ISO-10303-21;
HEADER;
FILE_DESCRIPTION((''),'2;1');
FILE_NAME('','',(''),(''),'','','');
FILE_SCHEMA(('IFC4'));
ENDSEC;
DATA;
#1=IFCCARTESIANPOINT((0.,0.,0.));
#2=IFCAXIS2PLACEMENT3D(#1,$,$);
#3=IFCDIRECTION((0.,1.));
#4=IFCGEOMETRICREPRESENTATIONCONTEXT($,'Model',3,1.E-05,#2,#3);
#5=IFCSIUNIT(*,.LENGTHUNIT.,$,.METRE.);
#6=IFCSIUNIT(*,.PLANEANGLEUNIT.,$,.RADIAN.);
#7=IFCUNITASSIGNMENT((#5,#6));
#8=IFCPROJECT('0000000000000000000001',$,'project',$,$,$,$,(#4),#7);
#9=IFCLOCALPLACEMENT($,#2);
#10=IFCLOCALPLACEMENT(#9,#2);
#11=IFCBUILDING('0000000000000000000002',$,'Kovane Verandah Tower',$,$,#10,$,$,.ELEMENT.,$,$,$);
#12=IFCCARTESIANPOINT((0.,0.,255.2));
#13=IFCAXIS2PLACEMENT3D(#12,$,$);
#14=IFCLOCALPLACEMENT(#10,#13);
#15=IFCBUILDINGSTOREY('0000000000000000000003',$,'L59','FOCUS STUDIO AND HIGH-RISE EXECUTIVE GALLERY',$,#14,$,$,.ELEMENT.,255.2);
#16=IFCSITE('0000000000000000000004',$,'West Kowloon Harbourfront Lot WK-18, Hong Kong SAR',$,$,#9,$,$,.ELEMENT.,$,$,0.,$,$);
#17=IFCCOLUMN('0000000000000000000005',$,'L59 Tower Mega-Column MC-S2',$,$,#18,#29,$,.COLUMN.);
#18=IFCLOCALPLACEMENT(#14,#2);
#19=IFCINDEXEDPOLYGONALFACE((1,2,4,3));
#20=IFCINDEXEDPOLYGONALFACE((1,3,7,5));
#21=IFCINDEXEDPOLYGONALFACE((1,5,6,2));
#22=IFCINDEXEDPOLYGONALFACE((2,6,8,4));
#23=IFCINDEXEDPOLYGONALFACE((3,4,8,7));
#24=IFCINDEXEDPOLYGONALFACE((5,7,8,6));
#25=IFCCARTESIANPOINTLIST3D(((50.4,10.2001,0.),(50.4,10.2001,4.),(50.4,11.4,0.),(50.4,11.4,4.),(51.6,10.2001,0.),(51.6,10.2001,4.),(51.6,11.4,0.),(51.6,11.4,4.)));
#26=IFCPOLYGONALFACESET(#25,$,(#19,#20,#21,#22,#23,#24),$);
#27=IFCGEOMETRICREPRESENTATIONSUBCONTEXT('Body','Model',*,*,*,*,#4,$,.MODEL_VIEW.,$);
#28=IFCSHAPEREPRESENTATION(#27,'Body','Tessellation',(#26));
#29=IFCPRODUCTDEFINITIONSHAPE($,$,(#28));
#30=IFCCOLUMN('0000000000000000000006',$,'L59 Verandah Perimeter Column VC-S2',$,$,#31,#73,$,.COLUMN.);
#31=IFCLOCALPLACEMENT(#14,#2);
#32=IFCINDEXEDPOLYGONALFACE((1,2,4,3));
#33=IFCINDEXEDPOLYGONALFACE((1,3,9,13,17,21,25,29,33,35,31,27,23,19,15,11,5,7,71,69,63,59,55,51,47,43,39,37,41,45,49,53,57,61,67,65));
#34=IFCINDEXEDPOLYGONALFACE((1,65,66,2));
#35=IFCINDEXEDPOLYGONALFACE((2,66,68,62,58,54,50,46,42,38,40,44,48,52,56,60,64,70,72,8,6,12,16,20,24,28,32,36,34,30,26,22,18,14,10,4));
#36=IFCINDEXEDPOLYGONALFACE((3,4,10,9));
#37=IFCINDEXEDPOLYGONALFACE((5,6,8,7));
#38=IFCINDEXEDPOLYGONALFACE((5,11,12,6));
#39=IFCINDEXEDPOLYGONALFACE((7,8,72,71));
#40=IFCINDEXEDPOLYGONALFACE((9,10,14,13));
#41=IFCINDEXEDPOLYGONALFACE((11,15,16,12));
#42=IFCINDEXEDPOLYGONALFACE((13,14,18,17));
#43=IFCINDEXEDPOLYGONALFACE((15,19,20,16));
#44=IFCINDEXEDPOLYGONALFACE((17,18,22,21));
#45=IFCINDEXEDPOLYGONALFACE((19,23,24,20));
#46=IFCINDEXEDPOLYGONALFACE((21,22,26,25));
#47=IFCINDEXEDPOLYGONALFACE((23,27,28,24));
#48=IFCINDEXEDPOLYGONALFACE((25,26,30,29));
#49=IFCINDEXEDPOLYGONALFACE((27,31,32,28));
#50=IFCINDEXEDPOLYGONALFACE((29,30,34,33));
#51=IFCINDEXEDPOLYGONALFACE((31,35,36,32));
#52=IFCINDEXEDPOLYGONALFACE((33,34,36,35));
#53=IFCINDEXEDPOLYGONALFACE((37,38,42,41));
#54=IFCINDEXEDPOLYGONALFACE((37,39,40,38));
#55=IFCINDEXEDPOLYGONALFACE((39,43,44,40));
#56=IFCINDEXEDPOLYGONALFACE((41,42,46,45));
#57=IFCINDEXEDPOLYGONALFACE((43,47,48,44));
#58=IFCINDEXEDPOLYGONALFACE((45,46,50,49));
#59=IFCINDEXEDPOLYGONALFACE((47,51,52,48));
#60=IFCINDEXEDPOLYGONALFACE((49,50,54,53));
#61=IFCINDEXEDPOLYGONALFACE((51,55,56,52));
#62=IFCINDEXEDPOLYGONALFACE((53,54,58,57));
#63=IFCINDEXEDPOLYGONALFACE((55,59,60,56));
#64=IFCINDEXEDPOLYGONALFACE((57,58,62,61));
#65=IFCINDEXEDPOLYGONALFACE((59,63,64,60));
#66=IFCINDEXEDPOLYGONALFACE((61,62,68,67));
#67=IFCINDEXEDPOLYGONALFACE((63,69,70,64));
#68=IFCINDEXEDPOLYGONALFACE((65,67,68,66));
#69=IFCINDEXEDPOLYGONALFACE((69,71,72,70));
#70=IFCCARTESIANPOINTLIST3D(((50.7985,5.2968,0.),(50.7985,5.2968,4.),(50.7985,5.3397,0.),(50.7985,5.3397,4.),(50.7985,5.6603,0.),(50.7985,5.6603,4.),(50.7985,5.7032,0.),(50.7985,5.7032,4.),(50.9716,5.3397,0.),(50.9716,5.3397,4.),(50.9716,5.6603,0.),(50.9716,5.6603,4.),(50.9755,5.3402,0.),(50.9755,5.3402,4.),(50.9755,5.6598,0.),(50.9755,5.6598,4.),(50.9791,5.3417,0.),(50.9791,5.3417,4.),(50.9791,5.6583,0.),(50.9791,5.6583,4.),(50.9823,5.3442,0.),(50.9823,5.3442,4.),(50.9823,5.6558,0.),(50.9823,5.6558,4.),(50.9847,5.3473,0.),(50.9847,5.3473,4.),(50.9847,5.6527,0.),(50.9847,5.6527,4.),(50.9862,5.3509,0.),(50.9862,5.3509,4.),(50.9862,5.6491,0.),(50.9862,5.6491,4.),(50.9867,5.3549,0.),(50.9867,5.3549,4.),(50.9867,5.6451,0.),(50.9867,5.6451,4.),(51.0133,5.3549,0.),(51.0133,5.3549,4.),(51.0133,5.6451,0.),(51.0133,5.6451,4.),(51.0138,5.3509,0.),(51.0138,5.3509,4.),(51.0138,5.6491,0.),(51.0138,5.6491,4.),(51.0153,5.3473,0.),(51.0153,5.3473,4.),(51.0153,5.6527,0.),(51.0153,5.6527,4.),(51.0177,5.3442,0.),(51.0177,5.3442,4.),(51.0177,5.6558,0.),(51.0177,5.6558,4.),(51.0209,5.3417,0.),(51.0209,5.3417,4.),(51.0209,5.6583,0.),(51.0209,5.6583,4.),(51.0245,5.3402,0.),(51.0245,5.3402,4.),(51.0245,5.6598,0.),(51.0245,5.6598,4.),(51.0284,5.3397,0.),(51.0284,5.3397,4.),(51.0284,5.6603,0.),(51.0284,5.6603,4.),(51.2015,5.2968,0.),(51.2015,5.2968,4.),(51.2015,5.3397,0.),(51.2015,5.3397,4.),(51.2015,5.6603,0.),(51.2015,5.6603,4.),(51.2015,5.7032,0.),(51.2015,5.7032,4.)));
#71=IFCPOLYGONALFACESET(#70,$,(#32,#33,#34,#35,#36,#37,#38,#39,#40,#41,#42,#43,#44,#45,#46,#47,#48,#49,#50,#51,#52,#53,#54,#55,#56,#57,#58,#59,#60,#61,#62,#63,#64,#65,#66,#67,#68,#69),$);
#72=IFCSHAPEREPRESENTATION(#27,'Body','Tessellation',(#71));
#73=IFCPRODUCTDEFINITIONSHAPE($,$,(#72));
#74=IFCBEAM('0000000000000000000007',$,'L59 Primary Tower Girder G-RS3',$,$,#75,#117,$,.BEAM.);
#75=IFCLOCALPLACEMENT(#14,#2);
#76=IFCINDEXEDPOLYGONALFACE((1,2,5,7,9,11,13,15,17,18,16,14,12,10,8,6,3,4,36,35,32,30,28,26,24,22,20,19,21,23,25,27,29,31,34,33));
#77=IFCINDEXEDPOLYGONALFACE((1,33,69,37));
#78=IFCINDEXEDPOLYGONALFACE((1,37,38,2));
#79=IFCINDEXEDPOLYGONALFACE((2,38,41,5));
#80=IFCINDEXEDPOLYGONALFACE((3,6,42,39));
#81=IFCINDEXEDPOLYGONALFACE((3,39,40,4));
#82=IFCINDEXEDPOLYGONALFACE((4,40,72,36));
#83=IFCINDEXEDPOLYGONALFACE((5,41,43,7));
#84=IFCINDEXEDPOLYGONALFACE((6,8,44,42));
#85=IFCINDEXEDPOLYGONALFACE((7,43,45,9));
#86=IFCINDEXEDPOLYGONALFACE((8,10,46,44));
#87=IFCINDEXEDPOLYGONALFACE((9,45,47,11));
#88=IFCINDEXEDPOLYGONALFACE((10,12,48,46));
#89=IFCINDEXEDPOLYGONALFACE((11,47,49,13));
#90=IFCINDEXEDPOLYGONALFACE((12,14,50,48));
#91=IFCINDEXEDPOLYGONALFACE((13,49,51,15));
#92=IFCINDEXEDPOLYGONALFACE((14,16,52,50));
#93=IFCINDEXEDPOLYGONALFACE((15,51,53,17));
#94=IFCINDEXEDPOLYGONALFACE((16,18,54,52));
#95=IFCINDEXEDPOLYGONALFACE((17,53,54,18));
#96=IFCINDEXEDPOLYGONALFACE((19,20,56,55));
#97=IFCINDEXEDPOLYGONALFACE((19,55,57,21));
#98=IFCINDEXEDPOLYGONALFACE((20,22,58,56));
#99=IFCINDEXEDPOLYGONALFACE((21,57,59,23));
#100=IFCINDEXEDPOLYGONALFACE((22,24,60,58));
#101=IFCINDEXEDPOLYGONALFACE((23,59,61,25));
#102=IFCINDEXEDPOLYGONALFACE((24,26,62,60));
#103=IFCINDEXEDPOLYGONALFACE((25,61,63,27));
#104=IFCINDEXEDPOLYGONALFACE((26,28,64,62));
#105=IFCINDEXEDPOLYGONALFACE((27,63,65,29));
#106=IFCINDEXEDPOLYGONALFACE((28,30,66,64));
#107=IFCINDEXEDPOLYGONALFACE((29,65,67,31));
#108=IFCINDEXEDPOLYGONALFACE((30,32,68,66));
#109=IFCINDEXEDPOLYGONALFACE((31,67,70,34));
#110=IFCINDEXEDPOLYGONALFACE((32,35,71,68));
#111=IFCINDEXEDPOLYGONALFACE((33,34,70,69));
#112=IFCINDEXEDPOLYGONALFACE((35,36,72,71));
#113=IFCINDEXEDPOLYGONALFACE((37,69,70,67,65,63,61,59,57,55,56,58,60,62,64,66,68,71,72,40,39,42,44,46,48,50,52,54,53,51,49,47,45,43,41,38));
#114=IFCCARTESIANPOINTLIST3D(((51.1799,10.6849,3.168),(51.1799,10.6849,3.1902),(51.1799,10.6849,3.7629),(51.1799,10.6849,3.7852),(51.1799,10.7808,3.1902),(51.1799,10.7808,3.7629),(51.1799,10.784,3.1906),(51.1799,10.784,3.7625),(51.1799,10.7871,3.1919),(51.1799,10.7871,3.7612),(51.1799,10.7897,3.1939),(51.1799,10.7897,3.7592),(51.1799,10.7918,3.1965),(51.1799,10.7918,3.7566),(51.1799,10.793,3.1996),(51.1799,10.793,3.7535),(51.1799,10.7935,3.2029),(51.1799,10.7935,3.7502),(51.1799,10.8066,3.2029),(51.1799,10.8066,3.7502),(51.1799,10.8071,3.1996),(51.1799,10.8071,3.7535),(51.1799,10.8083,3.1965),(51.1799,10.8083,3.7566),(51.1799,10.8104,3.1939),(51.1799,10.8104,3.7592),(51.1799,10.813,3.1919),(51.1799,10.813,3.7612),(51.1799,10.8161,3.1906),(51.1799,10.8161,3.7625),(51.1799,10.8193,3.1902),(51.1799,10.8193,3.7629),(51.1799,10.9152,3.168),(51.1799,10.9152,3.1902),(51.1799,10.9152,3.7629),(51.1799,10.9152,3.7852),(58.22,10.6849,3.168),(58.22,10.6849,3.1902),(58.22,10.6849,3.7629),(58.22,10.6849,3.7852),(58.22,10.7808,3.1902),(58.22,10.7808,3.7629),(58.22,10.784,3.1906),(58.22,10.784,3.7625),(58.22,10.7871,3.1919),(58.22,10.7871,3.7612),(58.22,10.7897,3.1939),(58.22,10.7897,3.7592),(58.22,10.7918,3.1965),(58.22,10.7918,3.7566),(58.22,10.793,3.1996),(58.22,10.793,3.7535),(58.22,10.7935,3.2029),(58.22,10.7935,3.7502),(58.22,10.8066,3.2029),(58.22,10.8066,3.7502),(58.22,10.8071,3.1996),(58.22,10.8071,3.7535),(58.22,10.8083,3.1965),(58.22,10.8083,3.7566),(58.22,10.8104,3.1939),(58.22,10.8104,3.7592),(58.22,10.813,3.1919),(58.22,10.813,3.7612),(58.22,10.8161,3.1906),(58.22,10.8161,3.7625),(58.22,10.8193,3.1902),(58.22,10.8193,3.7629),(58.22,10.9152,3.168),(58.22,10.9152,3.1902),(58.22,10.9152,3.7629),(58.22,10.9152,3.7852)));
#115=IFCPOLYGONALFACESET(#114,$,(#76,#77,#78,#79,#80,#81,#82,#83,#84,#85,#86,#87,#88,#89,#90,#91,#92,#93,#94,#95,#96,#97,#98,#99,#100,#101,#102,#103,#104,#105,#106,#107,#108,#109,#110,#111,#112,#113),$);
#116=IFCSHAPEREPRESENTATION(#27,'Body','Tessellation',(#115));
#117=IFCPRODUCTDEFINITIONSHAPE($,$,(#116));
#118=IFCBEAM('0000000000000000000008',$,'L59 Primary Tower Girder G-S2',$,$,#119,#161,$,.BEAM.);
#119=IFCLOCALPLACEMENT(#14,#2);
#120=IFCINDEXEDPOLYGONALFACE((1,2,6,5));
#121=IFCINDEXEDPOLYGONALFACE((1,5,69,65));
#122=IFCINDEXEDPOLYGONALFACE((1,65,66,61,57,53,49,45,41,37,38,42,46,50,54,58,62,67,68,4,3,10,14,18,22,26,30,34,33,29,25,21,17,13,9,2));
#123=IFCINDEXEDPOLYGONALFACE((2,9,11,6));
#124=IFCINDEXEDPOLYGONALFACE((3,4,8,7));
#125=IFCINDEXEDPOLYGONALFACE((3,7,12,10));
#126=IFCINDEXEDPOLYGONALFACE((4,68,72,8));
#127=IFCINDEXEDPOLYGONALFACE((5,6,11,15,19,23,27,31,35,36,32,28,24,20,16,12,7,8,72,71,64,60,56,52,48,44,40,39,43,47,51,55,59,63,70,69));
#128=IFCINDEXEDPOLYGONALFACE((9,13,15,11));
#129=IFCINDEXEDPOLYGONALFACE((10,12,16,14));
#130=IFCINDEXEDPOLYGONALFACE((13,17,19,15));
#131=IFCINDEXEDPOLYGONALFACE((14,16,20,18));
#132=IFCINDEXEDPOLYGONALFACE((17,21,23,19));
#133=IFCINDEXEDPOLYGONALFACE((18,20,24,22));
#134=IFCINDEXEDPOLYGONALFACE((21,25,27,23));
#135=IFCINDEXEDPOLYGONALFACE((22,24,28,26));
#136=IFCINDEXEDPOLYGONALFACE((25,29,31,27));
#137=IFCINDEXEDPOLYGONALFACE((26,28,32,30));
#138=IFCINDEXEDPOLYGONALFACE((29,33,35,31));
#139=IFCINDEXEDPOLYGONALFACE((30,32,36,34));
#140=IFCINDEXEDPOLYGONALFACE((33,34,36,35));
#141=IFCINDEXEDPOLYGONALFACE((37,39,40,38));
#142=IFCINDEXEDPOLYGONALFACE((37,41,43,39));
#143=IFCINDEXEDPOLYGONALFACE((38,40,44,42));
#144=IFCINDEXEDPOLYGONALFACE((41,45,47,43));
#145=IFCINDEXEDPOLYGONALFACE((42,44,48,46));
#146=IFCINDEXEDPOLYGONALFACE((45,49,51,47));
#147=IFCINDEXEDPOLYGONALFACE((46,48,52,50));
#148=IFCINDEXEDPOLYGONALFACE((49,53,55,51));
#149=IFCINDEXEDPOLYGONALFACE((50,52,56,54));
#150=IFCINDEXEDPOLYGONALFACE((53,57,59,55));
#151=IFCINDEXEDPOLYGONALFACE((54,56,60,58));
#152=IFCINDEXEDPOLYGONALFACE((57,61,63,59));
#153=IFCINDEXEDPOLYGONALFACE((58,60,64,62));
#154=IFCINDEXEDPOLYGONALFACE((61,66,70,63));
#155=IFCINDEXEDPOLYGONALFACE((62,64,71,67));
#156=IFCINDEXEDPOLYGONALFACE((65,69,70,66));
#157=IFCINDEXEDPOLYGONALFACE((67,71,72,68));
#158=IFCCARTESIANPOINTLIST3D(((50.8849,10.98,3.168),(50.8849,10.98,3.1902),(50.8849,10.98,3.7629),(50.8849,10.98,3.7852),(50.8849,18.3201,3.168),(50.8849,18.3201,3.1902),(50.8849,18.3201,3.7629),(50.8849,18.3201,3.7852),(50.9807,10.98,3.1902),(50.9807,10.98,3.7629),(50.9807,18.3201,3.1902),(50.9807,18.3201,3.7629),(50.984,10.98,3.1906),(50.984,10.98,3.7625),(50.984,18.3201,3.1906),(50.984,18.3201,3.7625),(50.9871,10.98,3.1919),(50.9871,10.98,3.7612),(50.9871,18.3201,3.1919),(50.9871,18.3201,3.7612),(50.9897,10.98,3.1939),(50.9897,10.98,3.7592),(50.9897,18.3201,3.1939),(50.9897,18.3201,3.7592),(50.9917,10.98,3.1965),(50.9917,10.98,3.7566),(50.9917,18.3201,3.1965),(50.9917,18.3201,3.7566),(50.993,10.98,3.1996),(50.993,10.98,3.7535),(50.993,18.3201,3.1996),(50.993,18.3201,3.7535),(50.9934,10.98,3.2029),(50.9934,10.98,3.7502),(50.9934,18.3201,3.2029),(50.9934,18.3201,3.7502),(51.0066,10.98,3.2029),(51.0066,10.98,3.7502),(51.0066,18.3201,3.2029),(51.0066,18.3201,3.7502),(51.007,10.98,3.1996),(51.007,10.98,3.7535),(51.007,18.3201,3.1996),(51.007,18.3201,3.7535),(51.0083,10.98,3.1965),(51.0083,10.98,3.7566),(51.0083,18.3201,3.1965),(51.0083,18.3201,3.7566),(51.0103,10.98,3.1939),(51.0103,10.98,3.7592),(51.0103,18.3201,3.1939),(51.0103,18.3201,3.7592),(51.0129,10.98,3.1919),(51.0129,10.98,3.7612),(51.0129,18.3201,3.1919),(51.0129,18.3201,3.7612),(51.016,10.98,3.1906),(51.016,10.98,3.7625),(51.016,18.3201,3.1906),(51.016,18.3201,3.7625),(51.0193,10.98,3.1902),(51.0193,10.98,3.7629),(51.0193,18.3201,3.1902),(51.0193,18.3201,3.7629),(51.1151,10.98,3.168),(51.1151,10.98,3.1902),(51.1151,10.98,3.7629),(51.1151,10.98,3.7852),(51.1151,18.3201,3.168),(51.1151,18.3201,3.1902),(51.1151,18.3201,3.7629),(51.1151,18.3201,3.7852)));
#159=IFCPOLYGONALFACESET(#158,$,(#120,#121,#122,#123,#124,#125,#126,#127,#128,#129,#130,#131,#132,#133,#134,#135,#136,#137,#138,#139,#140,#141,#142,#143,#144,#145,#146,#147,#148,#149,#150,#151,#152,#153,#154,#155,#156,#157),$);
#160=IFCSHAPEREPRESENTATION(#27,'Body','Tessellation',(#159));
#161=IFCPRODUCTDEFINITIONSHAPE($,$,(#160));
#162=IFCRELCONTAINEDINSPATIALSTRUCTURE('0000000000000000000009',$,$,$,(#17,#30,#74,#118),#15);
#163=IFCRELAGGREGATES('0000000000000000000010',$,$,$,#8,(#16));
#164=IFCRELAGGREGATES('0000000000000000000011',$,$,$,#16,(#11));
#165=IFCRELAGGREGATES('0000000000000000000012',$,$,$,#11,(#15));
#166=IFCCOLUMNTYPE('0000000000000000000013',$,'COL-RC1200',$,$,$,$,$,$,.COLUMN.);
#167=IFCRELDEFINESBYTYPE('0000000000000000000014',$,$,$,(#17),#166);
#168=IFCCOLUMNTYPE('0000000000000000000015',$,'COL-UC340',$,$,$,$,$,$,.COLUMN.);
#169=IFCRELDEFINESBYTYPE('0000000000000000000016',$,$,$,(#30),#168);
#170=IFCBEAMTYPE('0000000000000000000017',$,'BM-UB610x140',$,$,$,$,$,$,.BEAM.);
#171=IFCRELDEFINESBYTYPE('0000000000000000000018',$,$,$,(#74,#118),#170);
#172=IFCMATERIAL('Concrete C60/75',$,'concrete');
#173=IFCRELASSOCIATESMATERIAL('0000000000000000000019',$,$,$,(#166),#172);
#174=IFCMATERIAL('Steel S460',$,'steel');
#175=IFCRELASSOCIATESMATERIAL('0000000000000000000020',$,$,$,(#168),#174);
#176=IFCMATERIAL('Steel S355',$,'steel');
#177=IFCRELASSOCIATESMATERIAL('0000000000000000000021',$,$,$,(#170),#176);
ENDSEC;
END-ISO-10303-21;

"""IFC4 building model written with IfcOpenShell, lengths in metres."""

from ifc_helpers import new_model, si_unit, direction, frame, origin, origin_2d, place, context, subcontext, project, spatial, rectangle, i_section, extrude, material, material_profile, profile_set, type_object, element, save


model = new_model("IFC4")

# Units and contexts
model_context = context("Model", 3, precision=1e-05, world=origin(), true_north=direction((0.0, 1.0)))
body_context = subcontext(model_context, "Body", "Model", "MODEL_VIEW")
ifc_project = project(units=[si_unit("LENGTHUNIT", "METRE"), si_unit("PLANEANGLEUNIT", "RADIAN")], contexts=[model_context])

# Site, building, storey
site_placement = place(None, origin())
site = spatial("IfcSite", under=ifc_project, at=site_placement, Name="West Kowloon Harbourfront Lot WK-18, Hong Kong SAR", CompositionType="ELEMENT", RefElevation=0.0)
building_placement = place(site_placement, origin())
building = spatial("IfcBuilding", under=site, at=building_placement, Name="Kovane Verandah Tower", CompositionType="ELEMENT")
storey_placement = place(building_placement, frame((0.0, 0.0, 255.2)))
storey = spatial("IfcBuildingStorey", under=building, at=storey_placement, Name="L59", Description="FOCUS STUDIO AND HIGH-RISE EXECUTIVE GALLERY", CompositionType="ELEMENT", Elevation=255.2)

# Columns
ifc_material_1 = material(Name="Concrete C60/75", Category="concrete")
ifc_material_profile_1 = material_profile(ifc_material_1, rectangle(XDim=1.2, YDim=1.2, at=origin_2d()), Name="RC1200x1200")
ifc_profile_set_1 = profile_set([ifc_material_profile_1], Name="Concrete C60/75")
column_type_1 = type_object("IfcColumnType", Name="COL-RC1200", PredefinedType="COLUMN", material=ifc_profile_set_1)
column_1_placement = place(storey_placement, frame((51.0, 10.8, 0.0), z_axis=(0.0, 0.0, 1.0), x_axis=(1.0, 0.0, 0.0)))
element("IfcColumn", 1, at=column_1_placement, inside=storey, type_object=column_type_1, Name="L59 Tower Mega-Column MC-S2", PredefinedType="COLUMN", context=body_context, shape_type="SweptSolid", body=[
    extrude(rectangle(XDim=1.2, YDim=1.2, at=origin_2d()), origin(), (0.0, 0.0, 1.0), 4.0),
])
ifc_material_2 = material(Name="Steel S460", Category="steel")
ifc_material_profile_2 = material_profile(ifc_material_2, i_section(OverallWidth=0.4031, OverallDepth=0.4065, WebThickness=0.0266, FlangeThickness=0.043, FilletRadius=0.0151, at=origin_2d()), Name="UC356x406x340")
ifc_profile_set_2 = profile_set([ifc_material_profile_2], Name="Steel S460")
column_type_2 = type_object("IfcColumnType", Name="COL-UC340", PredefinedType="COLUMN", material=ifc_profile_set_2)
column_2_placement = place(storey_placement, frame((51.0, 5.5, 0.0), z_axis=(0.0, 0.0, 1.0), x_axis=(1.0, 0.0, 0.0)))
element("IfcColumn", 2, at=column_2_placement, inside=storey, type_object=column_type_2, Name="L59 Verandah Perimeter Column VC-S2", PredefinedType="COLUMN", context=body_context, shape_type="SweptSolid", body=[
    extrude(i_section(OverallWidth=0.4031, OverallDepth=0.4065, WebThickness=0.0266, FlangeThickness=0.043, FilletRadius=0.0151, at=origin_2d()), origin(), (0.0, 0.0, 1.0), 4.0),
])

# Beams
ifc_material_3 = material(Name="Steel S355", Category="steel")
ifc_material_profile_3 = material_profile(ifc_material_3, i_section(OverallWidth=0.2302, OverallDepth=0.6172, WebThickness=0.0132, FlangeThickness=0.0222, FilletRadius=0.0127, at=origin_2d()), Name="UB610x229x140")
ifc_profile_set_3 = profile_set([ifc_material_profile_3], Name="Steel S355")
beam_type_1 = type_object("IfcBeamType", Name="BM-UB610x140", PredefinedType="BEAM", material=ifc_profile_set_3)
beam_1_placement = place(storey_placement, frame((51.1799, 10.8, 3.4766), z_axis=(1.0, 0.0, 0.0), x_axis=(0.0, 1.0, 0.0)))
element("IfcBeam", 3, at=beam_1_placement, inside=storey, type_object=beam_type_1, Name="L59 Primary Tower Girder G-RS3", PredefinedType="BEAM", context=body_context, shape_type="SweptSolid", body=[
    extrude(i_section(OverallWidth=0.2302, OverallDepth=0.6172, WebThickness=0.0132, FlangeThickness=0.0222, FilletRadius=0.0127, at=origin_2d()), origin(), (0.0, 0.0, 1.0), 7.04),
])
beam_2_placement = place(storey_placement, frame((51.0, 18.3201, 3.4766), z_axis=(0.0, -1.0, 0.0), x_axis=(1.0, 0.0, 0.0)))
element("IfcBeam", 4, at=beam_2_placement, inside=storey, type_object=beam_type_1, Name="L59 Primary Tower Girder G-S2", PredefinedType="BEAM", context=body_context, shape_type="SweptSolid", body=[
    extrude(i_section(OverallWidth=0.2302, OverallDepth=0.6172, WebThickness=0.0132, FlangeThickness=0.0222, FilletRadius=0.0127, at=origin_2d()), origin(), (0.0, 0.0, 1.0), 7.3401),
])

save(model, "model.ifc")
